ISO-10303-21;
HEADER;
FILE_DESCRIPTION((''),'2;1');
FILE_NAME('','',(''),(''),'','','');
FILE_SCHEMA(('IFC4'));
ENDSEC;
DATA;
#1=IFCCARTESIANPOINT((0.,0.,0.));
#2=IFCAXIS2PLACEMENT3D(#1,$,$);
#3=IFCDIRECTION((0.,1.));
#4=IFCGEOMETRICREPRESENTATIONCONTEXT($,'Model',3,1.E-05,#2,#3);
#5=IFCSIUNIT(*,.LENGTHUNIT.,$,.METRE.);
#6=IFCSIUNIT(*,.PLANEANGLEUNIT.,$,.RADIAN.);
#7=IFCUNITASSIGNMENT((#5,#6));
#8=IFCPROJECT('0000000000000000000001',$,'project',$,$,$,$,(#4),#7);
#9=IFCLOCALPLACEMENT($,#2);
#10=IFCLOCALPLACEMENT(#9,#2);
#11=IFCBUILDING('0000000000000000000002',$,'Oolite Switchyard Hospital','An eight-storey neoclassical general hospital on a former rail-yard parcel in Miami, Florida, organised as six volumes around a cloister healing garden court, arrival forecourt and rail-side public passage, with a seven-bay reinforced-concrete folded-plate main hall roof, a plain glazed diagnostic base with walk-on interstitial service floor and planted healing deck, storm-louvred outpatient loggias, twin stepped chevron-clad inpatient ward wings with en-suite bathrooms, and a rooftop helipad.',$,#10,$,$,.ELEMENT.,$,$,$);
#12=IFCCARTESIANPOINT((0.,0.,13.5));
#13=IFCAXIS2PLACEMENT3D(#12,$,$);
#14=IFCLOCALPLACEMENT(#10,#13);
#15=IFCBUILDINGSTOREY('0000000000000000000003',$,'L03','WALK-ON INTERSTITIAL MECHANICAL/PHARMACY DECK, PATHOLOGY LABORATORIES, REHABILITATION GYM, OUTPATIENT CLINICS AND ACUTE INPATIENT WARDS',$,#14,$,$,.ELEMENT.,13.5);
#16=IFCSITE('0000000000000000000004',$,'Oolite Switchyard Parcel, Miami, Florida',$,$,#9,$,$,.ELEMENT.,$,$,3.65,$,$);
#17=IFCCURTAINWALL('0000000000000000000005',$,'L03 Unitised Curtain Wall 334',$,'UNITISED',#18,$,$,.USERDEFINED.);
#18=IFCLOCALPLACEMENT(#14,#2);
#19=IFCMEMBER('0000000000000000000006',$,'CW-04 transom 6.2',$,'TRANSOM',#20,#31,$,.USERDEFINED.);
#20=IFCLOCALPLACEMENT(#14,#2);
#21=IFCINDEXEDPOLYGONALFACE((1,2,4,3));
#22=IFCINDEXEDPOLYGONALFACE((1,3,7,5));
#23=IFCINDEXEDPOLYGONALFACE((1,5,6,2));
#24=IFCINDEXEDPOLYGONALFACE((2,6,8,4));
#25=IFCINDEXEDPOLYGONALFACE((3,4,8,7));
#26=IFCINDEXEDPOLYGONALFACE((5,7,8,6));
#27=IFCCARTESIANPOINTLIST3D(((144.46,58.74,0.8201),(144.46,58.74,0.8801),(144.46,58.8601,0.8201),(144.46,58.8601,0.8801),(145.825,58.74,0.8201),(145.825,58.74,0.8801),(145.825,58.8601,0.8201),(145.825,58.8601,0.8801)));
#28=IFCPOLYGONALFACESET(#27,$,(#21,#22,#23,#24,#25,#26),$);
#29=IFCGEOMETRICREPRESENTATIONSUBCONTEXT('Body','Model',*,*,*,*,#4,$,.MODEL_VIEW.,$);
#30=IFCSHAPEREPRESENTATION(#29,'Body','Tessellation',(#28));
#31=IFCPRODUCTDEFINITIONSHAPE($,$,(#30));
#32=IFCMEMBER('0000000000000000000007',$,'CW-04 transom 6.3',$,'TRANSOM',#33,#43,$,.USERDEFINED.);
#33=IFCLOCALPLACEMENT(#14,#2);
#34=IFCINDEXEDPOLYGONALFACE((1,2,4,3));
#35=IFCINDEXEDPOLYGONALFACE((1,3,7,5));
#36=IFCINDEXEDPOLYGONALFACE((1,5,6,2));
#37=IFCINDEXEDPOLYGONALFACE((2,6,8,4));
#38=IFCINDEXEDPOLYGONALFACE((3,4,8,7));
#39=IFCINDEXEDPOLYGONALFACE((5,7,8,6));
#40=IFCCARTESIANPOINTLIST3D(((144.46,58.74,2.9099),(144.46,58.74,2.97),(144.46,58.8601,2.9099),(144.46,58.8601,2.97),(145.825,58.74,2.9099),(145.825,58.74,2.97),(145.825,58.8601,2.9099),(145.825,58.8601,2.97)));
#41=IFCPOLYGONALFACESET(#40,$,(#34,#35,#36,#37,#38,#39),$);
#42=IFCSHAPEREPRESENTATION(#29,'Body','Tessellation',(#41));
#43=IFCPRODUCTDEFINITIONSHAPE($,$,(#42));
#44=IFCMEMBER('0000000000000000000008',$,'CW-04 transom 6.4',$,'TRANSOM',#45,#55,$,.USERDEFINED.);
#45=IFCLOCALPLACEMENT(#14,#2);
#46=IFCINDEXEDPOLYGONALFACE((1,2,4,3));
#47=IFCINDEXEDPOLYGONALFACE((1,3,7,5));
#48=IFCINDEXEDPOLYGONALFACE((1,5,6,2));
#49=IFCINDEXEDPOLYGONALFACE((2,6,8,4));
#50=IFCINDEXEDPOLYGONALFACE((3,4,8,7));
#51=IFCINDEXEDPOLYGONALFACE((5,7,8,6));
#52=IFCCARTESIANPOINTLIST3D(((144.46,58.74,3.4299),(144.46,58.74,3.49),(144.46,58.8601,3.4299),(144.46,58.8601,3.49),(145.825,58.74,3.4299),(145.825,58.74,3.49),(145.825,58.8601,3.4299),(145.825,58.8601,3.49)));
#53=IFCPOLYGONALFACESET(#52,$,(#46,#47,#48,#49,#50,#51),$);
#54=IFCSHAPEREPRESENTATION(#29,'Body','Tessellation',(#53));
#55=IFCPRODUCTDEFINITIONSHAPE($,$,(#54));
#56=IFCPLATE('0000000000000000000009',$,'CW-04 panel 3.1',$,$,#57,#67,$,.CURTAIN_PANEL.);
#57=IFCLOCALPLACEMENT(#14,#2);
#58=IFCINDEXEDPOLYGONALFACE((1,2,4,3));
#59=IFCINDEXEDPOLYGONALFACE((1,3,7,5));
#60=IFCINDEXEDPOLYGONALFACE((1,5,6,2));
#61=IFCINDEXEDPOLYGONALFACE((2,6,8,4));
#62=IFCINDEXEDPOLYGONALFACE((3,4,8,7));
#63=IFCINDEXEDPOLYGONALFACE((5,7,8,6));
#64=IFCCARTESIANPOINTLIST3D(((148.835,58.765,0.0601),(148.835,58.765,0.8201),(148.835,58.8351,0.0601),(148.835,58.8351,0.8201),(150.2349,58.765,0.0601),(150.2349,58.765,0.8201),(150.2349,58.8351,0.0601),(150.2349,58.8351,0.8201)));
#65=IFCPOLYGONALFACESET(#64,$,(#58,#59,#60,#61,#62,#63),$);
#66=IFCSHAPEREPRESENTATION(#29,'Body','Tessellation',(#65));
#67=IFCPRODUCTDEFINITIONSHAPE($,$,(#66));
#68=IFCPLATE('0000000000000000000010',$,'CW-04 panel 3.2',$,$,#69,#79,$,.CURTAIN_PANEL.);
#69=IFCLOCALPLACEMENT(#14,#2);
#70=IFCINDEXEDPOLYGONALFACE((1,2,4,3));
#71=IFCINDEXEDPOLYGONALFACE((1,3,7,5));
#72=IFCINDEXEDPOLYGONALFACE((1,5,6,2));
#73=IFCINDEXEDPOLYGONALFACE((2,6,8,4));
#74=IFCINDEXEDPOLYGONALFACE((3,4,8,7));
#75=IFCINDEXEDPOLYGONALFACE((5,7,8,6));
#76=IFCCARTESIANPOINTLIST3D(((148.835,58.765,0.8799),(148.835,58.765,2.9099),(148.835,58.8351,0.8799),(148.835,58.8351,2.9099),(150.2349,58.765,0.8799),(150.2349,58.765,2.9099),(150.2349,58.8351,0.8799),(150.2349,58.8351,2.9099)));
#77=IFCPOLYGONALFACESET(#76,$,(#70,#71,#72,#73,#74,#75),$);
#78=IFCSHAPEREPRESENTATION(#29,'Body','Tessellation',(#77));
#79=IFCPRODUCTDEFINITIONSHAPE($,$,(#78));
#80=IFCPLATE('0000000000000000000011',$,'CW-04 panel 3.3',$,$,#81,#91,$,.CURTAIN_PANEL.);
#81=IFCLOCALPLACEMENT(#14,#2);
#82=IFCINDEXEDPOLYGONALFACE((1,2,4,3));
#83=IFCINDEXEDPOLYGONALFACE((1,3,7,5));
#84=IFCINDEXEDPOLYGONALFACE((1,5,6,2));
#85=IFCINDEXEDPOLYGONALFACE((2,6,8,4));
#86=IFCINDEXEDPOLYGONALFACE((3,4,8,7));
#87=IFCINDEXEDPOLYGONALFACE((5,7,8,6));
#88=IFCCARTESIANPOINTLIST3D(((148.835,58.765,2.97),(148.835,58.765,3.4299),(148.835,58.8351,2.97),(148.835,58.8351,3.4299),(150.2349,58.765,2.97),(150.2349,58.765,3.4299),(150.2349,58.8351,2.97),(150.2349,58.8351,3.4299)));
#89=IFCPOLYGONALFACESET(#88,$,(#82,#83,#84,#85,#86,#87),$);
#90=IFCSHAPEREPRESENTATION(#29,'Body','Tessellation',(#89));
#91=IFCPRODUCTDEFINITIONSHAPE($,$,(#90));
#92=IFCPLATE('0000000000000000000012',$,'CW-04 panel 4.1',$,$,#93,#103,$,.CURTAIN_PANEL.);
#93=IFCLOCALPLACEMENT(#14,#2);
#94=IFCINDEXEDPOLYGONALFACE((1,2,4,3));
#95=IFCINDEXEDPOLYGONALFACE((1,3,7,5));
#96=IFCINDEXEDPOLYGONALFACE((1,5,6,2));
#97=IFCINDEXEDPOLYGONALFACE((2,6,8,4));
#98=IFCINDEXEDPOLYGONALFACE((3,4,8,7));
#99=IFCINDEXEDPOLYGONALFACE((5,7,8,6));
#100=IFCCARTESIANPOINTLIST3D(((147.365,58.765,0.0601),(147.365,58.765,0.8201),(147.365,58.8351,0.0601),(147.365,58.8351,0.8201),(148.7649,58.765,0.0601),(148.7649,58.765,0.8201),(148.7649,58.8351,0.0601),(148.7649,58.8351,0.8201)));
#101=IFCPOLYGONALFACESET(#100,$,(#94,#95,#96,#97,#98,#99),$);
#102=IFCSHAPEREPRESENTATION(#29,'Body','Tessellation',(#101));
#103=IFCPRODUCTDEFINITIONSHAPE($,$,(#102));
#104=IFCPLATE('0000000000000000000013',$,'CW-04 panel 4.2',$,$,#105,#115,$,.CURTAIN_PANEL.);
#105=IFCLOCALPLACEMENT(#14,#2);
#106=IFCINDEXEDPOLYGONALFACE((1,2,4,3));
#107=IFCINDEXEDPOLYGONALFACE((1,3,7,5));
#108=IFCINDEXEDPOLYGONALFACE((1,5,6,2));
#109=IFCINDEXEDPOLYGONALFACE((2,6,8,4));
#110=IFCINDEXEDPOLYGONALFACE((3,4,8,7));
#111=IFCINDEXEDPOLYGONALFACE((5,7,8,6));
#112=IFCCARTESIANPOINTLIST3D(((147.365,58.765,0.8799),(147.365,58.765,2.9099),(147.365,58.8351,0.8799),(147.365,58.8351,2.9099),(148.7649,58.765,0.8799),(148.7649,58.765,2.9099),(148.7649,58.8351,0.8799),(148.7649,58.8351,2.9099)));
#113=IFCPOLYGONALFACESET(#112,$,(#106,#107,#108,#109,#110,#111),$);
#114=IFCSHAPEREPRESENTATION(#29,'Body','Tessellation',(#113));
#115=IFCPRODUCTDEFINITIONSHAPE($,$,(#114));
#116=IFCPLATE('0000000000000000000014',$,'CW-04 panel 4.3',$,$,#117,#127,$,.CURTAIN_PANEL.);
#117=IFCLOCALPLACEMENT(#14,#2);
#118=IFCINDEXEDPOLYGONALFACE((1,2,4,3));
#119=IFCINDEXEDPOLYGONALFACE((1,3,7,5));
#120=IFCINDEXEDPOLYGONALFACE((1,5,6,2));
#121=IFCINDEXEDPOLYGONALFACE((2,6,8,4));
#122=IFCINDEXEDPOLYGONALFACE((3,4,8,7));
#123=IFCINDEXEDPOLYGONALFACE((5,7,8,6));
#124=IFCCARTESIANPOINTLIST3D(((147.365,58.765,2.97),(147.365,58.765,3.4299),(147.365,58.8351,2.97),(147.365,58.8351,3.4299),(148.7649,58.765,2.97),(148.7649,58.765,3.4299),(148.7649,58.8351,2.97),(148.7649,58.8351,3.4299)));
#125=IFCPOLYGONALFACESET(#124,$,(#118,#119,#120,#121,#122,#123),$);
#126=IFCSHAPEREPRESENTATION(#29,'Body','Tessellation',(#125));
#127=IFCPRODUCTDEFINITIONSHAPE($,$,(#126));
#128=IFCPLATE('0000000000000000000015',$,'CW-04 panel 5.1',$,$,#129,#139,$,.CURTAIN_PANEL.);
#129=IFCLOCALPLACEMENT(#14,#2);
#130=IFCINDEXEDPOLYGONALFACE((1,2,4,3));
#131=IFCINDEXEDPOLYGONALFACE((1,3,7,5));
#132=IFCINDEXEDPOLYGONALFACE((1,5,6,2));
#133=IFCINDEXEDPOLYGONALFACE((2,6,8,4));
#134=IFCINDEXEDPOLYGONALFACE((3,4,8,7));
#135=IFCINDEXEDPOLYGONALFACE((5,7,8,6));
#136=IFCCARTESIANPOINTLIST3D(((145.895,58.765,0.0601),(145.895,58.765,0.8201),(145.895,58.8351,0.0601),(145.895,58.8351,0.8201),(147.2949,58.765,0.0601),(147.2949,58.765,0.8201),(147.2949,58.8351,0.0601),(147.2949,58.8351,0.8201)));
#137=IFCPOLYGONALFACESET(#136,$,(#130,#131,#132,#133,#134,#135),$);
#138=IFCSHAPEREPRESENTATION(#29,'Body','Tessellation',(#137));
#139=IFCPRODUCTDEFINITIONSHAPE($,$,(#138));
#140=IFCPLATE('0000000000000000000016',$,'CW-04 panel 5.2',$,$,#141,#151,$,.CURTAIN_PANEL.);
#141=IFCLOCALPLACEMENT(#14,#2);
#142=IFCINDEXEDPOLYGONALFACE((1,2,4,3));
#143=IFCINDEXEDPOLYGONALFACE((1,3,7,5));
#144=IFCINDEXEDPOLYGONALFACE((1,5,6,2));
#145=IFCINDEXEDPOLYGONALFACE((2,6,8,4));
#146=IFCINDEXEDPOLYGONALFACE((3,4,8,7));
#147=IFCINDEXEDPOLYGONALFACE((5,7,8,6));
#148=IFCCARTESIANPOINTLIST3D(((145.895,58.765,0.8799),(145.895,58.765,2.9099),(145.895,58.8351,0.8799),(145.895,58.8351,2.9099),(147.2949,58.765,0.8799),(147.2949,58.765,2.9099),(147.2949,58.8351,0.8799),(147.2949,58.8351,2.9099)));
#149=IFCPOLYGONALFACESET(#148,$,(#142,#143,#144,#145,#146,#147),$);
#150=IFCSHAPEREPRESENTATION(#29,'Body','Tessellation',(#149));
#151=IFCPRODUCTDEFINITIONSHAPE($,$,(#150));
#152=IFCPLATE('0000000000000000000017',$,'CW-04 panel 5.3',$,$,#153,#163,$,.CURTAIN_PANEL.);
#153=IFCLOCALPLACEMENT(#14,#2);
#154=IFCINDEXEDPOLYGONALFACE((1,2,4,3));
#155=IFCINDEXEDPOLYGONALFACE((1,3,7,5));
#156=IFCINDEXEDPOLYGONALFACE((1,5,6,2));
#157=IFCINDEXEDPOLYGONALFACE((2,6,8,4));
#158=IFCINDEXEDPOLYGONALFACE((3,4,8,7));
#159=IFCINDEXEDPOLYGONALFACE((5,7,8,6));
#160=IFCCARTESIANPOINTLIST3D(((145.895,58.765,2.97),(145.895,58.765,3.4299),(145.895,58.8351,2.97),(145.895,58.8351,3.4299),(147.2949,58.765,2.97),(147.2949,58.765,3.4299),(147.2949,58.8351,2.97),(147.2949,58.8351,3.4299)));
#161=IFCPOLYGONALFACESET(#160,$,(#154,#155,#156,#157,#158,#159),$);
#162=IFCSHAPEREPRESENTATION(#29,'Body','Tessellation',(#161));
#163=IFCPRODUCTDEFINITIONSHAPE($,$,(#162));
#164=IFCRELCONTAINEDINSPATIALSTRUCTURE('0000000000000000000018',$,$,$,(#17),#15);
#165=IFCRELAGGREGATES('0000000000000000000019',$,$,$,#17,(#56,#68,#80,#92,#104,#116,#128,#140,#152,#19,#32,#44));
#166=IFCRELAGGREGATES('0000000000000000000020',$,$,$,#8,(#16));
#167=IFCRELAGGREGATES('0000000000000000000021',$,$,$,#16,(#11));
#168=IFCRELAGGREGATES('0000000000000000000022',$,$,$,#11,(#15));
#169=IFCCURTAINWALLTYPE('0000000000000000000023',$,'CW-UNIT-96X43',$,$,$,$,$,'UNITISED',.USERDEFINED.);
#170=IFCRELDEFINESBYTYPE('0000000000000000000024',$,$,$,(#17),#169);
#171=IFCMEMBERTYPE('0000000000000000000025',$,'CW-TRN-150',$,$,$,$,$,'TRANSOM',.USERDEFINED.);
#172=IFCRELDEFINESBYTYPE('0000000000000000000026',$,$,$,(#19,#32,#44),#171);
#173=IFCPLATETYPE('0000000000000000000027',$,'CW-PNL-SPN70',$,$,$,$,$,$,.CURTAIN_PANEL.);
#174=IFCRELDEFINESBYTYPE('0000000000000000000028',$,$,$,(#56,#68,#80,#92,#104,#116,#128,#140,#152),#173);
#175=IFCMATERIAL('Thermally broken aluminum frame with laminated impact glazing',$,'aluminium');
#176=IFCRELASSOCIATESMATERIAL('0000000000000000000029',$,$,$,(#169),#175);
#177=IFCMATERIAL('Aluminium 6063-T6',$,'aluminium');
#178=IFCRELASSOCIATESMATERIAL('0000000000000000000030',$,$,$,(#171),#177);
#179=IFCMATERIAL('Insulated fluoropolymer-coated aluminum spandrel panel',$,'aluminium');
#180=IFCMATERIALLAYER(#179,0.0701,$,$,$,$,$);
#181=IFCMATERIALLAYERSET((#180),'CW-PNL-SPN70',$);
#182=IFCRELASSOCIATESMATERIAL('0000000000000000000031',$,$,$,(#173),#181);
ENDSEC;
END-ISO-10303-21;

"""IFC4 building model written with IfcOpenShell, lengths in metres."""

from ifc_helpers import new_model, si_unit, direction, frame, origin, origin_2d, place, context, subcontext, project, spatial, rectangle, extrude, material, layer, layer_set, material_profile, profile_set, type_object, element, aggregate, save


model = new_model("IFC4")

# Units and contexts
model_context = context("Model", 3, precision=1e-05, world=origin(), true_north=direction((0.0, 1.0)))
body_context = subcontext(model_context, "Body", "Model", "MODEL_VIEW")
ifc_project = project(units=[si_unit("LENGTHUNIT", "METRE"), si_unit("PLANEANGLEUNIT", "RADIAN")], contexts=[model_context])

# Site, building, storey
site_placement = place(None, origin())
site = spatial("IfcSite", under=ifc_project, at=site_placement, Name="Oolite Switchyard Parcel, Miami, Florida", CompositionType="ELEMENT", RefElevation=3.65)
building_placement = place(site_placement, origin())
building = spatial("IfcBuilding", under=site, at=building_placement, Name="Oolite Switchyard Hospital", Description="An eight-storey neoclassical general hospital on a former rail-yard parcel in Miami, Florida, organised as six volumes around a cloister healing garden court, arrival forecourt and rail-side public passage, with a seven-bay reinforced-concrete folded-plate main hall roof, a plain glazed diagnostic base with walk-on interstitial service floor and planted healing deck, storm-louvred outpatient loggias, twin stepped chevron-clad inpatient ward wings with en-suite bathrooms, and a rooftop helipad.", CompositionType="ELEMENT")
storey_placement = place(building_placement, frame((0.0, 0.0, 13.5)))
storey = spatial("IfcBuildingStorey", under=building, at=storey_placement, Name="L03", Description="WALK-ON INTERSTITIAL MECHANICAL/PHARMACY DECK, PATHOLOGY LABORATORIES, REHABILITATION GYM, OUTPATIENT CLINICS AND ACUTE INPATIENT WARDS", CompositionType="ELEMENT", Elevation=13.5)

# Curtain wall, members, plates
ifc_material_1 = material(Name="Thermally broken aluminum frame with laminated impact glazing", Category="aluminium")
curtain_wall_type = type_object("IfcCurtainWallType", Name="CW-UNIT-96X43", ElementType="UNITISED", PredefinedType="USERDEFINED", material=ifc_material_1)
curtain_wall_placement = place(storey_placement, origin())
curtain_wall = element("IfcCurtainWall", 1, at=curtain_wall_placement, inside=storey, type_object=curtain_wall_type, Name="L03 Unitised Curtain Wall 334", ObjectType="UNITISED", PredefinedType="USERDEFINED")
ifc_material_2 = material(Name="Aluminium 6063-T6", Category="aluminium")
ifc_material_profile_1 = material_profile(ifc_material_2, rectangle(XDim=0.1201, YDim=0.0601, at=origin_2d()), Name="CWT60X120")
ifc_profile_set_1 = profile_set([ifc_material_profile_1], Name="Aluminium 6063-T6")
member_type_1 = type_object("IfcMemberType", Name="CW-TRN-150", ElementType="TRANSOM", PredefinedType="USERDEFINED", material=ifc_profile_set_1)
member_1_placement = place(storey_placement, frame((145.825, 58.8, 0.8501), z_axis=(-1.0, 0.0, 0.0), x_axis=(0.0, -1.0, 0.0)))
member_1 = element("IfcMember", 2, at=member_1_placement, type_object=member_type_1, Name="CW-04 transom 6.2", ObjectType="TRANSOM", PredefinedType="USERDEFINED", context=body_context, shape_type="SweptSolid", body=[
    extrude(rectangle(XDim=0.1201, YDim=0.0601, at=origin_2d()), origin(), (0.0, 0.0, 1.0), 1.365),
])
member_2_placement = place(storey_placement, frame((145.825, 58.8, 2.9399), z_axis=(-1.0, 0.0, 0.0), x_axis=(0.0, -1.0, 0.0)))
member_2 = element("IfcMember", 3, at=member_2_placement, type_object=member_type_1, Name="CW-04 transom 6.3", ObjectType="TRANSOM", PredefinedType="USERDEFINED", context=body_context, shape_type="SweptSolid", body=[
    extrude(rectangle(XDim=0.1201, YDim=0.0601, at=origin_2d()), origin(), (0.0, 0.0, 1.0), 1.365),
])
member_3_placement = place(storey_placement, frame((145.825, 58.8, 3.46), z_axis=(-1.0, 0.0, 0.0), x_axis=(0.0, -1.0, 0.0)))
member_3 = element("IfcMember", 4, at=member_3_placement, type_object=member_type_1, Name="CW-04 transom 6.4", ObjectType="TRANSOM", PredefinedType="USERDEFINED", context=body_context, shape_type="SweptSolid", body=[
    extrude(rectangle(XDim=0.1201, YDim=0.0601, at=origin_2d()), origin(), (0.0, 0.0, 1.0), 1.365),
])
ifc_material_3 = material(Name="Insulated fluoropolymer-coated aluminum spandrel panel", Category="aluminium")
ifc_layer = layer(ifc_material_3, 0.0701)
ifc_layer_set = layer_set([ifc_layer], Name="CW-PNL-SPN70")
plate_type = type_object("IfcPlateType", Name="CW-PNL-SPN70", PredefinedType="CURTAIN_PANEL", material=ifc_layer_set)
plate_1_placement = place(storey_placement, frame((149.5349, 58.8, 0.0601), z_axis=(0.0, 0.0, 1.0), x_axis=(-1.0, 0.0, 0.0)))
plate_1 = element("IfcPlate", 5, at=plate_1_placement, type_object=plate_type, Name="CW-04 panel 3.1", PredefinedType="CURTAIN_PANEL", context=body_context, shape_type="SweptSolid", body=[
    extrude(rectangle(XDim=1.3999, YDim=0.0701, at=origin_2d()), origin(), (0.0, 0.0, 1.0), 0.76),
])
plate_2_placement = place(storey_placement, frame((149.5349, 58.8, 0.8799), z_axis=(0.0, 0.0, 1.0), x_axis=(-1.0, 0.0, 0.0)))
plate_2 = element("IfcPlate", 6, at=plate_2_placement, type_object=plate_type, Name="CW-04 panel 3.2", PredefinedType="CURTAIN_PANEL", context=body_context, shape_type="SweptSolid", body=[
    extrude(rectangle(XDim=1.3999, YDim=0.0701, at=origin_2d()), origin(), (0.0, 0.0, 1.0), 2.03),
])
plate_3_placement = place(storey_placement, frame((149.5349, 58.8, 2.97), z_axis=(0.0, 0.0, 1.0), x_axis=(-1.0, 0.0, 0.0)))
plate_3 = element("IfcPlate", 7, at=plate_3_placement, type_object=plate_type, Name="CW-04 panel 3.3", PredefinedType="CURTAIN_PANEL", context=body_context, shape_type="SweptSolid", body=[
    extrude(rectangle(XDim=1.3999, YDim=0.0701, at=origin_2d()), origin(), (0.0, 0.0, 1.0), 0.46),
])
plate_4_placement = place(storey_placement, frame((148.0649, 58.8, 0.0601), z_axis=(0.0, 0.0, 1.0), x_axis=(-1.0, 0.0, 0.0)))
plate_4 = element("IfcPlate", 8, at=plate_4_placement, type_object=plate_type, Name="CW-04 panel 4.1", PredefinedType="CURTAIN_PANEL", context=body_context, shape_type="SweptSolid", body=[
    extrude(rectangle(XDim=1.3999, YDim=0.0701, at=origin_2d()), origin(), (0.0, 0.0, 1.0), 0.76),
])
plate_5_placement = place(storey_placement, frame((148.0649, 58.8, 0.8799), z_axis=(0.0, 0.0, 1.0), x_axis=(-1.0, 0.0, 0.0)))
plate_5 = element("IfcPlate", 9, at=plate_5_placement, type_object=plate_type, Name="CW-04 panel 4.2", PredefinedType="CURTAIN_PANEL", context=body_context, shape_type="SweptSolid", body=[
    extrude(rectangle(XDim=1.3999, YDim=0.0701, at=origin_2d()), origin(), (0.0, 0.0, 1.0), 2.03),
])
plate_6_placement = place(storey_placement, frame((148.0649, 58.8, 2.97), z_axis=(0.0, 0.0, 1.0), x_axis=(-1.0, 0.0, 0.0)))
plate_6 = element("IfcPlate", 10, at=plate_6_placement, type_object=plate_type, Name="CW-04 panel 4.3", PredefinedType="CURTAIN_PANEL", context=body_context, shape_type="SweptSolid", body=[
    extrude(rectangle(XDim=1.3999, YDim=0.0701, at=origin_2d()), origin(), (0.0, 0.0, 1.0), 0.46),
])
plate_7_placement = place(storey_placement, frame((146.595, 58.8, 0.0601), z_axis=(0.0, 0.0, 1.0), x_axis=(-1.0, 0.0, 0.0)))
plate_7 = element("IfcPlate", 11, at=plate_7_placement, type_object=plate_type, Name="CW-04 panel 5.1", PredefinedType="CURTAIN_PANEL", context=body_context, shape_type="SweptSolid", body=[
    extrude(rectangle(XDim=1.3999, YDim=0.0701, at=origin_2d()), origin(), (0.0, 0.0, 1.0), 0.76),
])
plate_8_placement = place(storey_placement, frame((146.595, 58.8, 0.8799), z_axis=(0.0, 0.0, 1.0), x_axis=(-1.0, 0.0, 0.0)))
plate_8 = element("IfcPlate", 12, at=plate_8_placement, type_object=plate_type, Name="CW-04 panel 5.2", PredefinedType="CURTAIN_PANEL", context=body_context, shape_type="SweptSolid", body=[
    extrude(rectangle(XDim=1.3999, YDim=0.0701, at=origin_2d()), origin(), (0.0, 0.0, 1.0), 2.03),
])
plate_9_placement = place(storey_placement, frame((146.595, 58.8, 2.97), z_axis=(0.0, 0.0, 1.0), x_axis=(-1.0, 0.0, 0.0)))
plate_9 = element("IfcPlate", 13, at=plate_9_placement, type_object=plate_type, Name="CW-04 panel 5.3", PredefinedType="CURTAIN_PANEL", context=body_context, shape_type="SweptSolid", body=[
    extrude(rectangle(XDim=1.3999, YDim=0.0701, at=origin_2d()), origin(), (0.0, 0.0, 1.0), 0.46),
])
aggregate(curtain_wall, [plate_1, plate_2, plate_3, plate_4, plate_5, plate_6, plate_7, plate_8, plate_9, member_1, member_2, member_3])

save(model, "model.ifc")
